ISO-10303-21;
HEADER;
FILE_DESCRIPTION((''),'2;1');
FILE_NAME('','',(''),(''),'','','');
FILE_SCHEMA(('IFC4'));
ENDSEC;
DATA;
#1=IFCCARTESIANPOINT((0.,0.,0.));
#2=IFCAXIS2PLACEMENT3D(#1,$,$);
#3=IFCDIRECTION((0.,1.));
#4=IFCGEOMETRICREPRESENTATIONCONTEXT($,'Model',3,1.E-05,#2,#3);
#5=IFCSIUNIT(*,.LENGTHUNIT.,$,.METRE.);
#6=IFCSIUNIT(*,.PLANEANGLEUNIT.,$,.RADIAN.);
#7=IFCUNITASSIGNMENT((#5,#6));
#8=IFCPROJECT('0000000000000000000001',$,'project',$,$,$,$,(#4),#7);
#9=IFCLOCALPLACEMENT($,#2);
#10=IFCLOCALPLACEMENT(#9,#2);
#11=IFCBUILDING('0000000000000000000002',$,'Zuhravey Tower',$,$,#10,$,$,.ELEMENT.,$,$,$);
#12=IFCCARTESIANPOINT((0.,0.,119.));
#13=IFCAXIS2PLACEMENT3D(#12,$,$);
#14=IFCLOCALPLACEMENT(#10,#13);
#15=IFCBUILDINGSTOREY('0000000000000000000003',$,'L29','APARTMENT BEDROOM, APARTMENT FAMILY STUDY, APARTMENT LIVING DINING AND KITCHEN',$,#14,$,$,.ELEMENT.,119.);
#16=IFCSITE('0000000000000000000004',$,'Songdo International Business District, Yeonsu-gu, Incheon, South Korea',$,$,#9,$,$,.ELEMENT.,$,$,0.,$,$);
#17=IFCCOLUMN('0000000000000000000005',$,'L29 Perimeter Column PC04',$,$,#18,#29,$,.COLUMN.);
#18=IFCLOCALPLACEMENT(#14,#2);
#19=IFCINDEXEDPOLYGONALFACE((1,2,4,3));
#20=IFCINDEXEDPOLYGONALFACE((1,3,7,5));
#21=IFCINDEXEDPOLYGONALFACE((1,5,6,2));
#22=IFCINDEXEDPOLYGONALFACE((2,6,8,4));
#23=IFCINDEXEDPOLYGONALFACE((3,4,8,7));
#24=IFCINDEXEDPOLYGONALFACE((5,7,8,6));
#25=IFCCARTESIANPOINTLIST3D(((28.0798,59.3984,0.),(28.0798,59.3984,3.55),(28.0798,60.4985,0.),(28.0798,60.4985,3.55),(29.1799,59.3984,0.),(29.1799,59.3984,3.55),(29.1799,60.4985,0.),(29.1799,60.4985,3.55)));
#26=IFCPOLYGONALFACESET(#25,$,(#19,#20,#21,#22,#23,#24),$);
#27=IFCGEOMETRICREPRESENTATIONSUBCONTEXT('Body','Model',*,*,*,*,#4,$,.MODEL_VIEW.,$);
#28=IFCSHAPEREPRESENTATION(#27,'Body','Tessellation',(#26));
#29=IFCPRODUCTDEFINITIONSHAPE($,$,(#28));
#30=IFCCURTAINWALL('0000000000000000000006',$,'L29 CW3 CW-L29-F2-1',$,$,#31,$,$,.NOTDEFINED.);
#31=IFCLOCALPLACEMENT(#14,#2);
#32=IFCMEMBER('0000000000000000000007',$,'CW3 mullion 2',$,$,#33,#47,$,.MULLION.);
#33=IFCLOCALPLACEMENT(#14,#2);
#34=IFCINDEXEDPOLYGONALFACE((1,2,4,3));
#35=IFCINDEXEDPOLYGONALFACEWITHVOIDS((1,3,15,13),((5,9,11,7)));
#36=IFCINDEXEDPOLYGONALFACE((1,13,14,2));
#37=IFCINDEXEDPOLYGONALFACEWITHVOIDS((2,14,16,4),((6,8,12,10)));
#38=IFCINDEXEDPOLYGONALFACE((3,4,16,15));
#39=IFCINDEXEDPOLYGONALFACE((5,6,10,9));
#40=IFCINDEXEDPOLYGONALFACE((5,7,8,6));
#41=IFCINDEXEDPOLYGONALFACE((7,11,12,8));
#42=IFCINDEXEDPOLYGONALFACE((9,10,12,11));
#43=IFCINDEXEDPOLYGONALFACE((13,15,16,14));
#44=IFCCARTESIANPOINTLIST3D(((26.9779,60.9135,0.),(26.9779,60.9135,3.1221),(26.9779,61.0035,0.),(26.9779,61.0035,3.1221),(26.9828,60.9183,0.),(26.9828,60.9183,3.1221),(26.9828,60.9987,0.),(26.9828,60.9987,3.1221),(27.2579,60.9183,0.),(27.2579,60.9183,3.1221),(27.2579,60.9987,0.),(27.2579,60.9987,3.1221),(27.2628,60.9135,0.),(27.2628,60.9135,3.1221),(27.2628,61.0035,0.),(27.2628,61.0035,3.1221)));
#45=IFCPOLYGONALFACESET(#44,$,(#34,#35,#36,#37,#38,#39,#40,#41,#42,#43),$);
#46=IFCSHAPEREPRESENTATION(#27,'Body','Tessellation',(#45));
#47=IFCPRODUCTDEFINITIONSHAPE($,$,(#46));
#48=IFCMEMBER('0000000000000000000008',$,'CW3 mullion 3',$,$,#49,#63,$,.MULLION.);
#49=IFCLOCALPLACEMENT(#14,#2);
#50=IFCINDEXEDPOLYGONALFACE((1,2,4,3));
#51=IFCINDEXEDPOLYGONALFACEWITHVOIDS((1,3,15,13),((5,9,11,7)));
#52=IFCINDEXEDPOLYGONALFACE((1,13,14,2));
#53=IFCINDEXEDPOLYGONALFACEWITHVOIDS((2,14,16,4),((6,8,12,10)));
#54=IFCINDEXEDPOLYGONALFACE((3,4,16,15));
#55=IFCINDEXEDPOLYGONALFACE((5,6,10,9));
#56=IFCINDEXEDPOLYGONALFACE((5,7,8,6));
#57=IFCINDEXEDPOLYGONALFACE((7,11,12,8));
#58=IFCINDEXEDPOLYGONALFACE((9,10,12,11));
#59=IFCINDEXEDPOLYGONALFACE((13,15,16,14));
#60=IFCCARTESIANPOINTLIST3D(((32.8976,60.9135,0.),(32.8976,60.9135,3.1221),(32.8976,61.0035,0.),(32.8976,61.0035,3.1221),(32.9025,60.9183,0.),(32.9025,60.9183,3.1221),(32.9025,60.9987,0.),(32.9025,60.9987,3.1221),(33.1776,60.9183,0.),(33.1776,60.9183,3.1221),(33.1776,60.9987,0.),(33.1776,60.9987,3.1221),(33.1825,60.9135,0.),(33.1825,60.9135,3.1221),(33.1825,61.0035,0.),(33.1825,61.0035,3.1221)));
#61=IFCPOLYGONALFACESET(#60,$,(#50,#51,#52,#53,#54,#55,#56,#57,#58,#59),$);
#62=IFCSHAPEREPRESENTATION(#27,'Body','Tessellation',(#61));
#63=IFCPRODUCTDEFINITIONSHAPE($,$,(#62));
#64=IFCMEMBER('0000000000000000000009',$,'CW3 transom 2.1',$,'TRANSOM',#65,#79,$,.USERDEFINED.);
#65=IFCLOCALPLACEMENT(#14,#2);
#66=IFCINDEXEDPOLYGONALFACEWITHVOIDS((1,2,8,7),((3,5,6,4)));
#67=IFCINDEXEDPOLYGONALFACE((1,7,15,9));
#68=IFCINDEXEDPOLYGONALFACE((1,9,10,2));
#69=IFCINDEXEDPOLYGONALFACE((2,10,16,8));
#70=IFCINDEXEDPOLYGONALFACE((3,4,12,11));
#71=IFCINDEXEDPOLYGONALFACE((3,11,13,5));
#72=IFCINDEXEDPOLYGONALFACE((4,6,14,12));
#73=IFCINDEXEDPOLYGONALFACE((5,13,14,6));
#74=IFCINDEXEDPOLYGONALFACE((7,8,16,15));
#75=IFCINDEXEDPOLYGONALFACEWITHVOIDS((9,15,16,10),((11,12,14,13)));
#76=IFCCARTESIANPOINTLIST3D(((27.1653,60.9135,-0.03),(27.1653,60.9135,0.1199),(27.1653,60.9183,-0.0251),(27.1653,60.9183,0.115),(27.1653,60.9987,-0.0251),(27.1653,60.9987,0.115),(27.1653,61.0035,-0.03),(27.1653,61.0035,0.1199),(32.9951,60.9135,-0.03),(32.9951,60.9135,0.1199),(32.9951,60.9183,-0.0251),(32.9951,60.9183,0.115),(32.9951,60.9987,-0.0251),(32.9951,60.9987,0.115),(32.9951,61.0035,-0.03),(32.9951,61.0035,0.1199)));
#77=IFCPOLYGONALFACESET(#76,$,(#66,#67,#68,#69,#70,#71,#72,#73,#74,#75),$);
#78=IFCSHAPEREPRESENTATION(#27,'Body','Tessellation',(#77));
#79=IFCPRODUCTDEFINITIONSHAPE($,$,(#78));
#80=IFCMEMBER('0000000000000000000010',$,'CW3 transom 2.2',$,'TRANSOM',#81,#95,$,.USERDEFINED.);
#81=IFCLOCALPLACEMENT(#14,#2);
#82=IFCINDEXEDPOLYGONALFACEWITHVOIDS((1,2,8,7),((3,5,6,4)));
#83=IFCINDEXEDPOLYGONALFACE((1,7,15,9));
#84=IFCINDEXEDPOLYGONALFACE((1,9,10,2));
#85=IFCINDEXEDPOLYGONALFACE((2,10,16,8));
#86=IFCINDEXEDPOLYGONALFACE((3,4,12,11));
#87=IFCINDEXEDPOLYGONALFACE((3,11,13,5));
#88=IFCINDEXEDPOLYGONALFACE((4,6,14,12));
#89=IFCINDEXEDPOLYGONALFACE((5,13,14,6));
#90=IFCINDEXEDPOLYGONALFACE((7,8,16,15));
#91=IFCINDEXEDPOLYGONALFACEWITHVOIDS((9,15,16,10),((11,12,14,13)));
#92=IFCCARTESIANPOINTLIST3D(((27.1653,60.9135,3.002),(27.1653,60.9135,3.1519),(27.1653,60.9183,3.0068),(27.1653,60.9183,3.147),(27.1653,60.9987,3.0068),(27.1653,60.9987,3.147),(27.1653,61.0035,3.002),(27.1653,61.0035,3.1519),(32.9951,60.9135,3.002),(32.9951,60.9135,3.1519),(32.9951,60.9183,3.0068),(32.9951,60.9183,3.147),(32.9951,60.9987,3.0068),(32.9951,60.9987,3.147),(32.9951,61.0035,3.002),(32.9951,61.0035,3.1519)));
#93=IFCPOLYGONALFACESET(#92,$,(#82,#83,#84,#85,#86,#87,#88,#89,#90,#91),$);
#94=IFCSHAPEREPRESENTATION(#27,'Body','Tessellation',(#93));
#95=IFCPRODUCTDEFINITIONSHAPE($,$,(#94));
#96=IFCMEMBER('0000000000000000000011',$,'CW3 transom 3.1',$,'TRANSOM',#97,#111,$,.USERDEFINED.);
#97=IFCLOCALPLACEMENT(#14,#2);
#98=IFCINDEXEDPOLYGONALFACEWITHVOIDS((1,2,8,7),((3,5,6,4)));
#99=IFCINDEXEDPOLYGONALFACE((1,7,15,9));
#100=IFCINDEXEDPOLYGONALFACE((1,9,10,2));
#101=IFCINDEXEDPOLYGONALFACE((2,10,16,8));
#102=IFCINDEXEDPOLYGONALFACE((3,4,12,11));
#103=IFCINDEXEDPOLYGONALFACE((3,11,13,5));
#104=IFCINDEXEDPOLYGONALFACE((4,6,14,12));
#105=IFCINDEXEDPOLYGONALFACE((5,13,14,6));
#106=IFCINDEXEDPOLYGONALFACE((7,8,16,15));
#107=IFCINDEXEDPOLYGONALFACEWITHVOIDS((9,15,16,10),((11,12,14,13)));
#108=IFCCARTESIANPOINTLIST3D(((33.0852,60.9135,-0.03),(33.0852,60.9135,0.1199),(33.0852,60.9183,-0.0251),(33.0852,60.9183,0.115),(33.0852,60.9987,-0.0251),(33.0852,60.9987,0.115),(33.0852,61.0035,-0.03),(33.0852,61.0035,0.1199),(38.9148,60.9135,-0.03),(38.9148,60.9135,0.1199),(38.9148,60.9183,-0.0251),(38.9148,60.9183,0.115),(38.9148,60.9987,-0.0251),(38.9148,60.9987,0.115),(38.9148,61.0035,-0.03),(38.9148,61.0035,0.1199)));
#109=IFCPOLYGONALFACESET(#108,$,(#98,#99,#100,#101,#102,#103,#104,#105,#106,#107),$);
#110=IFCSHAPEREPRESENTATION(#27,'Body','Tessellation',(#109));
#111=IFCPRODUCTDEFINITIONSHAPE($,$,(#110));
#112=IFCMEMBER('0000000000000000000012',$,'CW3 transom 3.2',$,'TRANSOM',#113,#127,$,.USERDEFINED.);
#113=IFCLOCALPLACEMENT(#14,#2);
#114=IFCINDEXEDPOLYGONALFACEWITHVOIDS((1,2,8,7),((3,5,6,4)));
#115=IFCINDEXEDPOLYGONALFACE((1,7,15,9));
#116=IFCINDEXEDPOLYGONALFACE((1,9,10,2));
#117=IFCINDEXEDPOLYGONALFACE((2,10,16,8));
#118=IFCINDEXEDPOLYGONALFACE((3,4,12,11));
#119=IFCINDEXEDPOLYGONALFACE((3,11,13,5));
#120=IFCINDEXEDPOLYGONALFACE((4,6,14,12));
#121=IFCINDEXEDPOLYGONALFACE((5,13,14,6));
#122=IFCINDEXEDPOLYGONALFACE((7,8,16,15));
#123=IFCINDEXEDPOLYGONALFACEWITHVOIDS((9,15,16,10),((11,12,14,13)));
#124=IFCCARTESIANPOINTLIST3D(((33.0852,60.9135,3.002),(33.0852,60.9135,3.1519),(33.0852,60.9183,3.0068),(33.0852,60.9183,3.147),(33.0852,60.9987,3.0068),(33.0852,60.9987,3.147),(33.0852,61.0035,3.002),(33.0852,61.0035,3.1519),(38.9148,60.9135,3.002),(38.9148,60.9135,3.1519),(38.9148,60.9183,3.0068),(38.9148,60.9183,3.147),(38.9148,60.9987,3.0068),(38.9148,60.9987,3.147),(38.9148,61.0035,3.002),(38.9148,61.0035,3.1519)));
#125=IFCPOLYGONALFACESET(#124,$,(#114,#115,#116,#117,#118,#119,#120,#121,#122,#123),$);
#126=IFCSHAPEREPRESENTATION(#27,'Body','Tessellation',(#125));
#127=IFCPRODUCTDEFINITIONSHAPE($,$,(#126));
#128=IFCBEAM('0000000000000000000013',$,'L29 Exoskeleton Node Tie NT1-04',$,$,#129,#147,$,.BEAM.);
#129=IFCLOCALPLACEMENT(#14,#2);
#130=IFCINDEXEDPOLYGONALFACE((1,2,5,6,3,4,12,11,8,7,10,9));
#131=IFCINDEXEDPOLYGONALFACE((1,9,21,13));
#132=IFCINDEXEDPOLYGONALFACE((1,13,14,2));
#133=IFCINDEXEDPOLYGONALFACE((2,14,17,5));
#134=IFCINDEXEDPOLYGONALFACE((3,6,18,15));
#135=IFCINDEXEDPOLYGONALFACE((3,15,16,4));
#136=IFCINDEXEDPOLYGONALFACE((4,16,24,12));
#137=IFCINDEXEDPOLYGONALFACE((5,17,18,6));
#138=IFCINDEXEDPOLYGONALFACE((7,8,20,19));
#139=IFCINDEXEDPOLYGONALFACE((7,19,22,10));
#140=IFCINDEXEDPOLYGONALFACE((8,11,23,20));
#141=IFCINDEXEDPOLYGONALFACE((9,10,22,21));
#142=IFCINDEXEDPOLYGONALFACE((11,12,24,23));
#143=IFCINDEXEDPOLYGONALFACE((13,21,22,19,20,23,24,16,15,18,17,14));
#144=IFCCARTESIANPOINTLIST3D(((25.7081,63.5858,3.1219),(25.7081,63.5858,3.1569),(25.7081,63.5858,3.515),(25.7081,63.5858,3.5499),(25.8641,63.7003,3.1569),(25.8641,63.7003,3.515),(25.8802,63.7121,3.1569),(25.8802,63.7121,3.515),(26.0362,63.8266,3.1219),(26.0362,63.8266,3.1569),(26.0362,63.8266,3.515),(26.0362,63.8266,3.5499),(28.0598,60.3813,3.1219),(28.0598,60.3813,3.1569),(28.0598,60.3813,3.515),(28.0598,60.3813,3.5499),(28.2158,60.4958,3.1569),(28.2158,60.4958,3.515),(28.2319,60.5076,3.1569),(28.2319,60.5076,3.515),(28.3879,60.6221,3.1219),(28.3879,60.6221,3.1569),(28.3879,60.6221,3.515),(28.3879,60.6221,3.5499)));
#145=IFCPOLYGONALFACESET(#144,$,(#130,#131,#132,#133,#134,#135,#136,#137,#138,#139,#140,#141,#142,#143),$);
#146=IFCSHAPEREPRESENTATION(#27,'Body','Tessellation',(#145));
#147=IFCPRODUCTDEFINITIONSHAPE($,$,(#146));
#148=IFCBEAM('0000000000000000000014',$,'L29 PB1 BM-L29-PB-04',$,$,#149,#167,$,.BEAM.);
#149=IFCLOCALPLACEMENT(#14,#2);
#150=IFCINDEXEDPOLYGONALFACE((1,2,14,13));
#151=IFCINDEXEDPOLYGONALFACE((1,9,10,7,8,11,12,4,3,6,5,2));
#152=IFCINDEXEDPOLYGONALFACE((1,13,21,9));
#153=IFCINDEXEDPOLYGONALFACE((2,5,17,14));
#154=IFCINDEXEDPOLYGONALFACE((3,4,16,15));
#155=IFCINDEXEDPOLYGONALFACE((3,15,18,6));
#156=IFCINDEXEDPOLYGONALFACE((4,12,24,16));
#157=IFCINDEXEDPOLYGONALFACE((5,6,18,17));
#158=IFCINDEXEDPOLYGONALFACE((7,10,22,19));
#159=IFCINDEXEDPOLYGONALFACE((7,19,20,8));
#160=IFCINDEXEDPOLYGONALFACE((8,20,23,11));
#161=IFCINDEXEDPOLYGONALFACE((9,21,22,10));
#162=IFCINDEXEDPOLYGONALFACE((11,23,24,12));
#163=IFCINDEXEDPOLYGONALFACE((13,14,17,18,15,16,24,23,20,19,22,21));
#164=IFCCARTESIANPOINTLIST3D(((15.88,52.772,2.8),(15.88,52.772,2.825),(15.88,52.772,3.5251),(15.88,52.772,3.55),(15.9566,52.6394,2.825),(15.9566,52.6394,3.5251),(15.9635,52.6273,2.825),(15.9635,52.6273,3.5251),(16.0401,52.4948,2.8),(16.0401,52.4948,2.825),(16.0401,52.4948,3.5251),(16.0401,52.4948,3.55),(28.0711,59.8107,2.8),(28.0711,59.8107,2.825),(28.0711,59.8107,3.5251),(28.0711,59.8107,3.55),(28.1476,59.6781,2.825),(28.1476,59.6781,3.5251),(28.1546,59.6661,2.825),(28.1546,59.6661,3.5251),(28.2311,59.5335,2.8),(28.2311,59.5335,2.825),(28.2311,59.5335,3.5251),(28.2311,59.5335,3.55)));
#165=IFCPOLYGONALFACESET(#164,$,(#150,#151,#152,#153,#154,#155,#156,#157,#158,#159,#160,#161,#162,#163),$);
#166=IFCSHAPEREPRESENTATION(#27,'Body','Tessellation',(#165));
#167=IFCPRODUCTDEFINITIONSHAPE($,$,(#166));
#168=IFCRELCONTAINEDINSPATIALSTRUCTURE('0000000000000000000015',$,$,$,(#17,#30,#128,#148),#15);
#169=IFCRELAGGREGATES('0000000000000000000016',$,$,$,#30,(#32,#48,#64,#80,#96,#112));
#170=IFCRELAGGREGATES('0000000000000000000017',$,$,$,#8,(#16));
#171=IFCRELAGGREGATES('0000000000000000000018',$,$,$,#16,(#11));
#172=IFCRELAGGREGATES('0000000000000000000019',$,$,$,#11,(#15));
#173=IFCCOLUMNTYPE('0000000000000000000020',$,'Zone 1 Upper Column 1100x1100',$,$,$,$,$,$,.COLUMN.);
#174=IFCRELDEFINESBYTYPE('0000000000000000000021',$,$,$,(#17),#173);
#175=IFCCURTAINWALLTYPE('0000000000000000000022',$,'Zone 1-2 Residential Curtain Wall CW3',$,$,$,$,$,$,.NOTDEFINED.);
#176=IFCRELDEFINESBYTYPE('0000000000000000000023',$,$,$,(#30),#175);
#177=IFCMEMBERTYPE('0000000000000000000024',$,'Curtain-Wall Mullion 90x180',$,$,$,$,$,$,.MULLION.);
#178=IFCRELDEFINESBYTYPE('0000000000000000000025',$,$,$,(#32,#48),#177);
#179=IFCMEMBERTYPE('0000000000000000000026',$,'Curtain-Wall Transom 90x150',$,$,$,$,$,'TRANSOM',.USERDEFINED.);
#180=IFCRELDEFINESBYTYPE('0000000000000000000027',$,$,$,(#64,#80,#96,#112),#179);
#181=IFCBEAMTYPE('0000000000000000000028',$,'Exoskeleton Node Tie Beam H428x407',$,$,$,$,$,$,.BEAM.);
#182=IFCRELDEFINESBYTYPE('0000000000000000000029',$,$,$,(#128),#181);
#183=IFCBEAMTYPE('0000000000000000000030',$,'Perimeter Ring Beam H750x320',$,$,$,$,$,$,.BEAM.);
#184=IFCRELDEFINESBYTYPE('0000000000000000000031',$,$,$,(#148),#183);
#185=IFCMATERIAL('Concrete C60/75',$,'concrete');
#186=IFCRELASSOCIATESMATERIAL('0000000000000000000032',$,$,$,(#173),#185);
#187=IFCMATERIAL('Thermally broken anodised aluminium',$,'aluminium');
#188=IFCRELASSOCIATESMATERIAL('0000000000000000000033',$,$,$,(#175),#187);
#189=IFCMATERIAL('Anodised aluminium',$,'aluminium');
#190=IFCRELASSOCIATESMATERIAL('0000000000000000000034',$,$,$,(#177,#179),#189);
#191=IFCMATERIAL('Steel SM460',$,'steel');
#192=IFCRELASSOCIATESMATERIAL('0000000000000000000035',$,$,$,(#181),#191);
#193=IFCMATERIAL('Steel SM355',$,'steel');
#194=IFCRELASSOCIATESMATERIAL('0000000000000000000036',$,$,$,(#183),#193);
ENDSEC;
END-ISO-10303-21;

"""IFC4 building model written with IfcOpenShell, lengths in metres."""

from ifc_helpers import new_model, si_unit, direction, frame, origin, origin_2d, place, context, subcontext, project, spatial, rectangle, hollow_rectangle, i_section, extrude, material, material_profile, profile_set, type_object, element, aggregate, save


model = new_model("IFC4")

# Units and contexts
model_context = context("Model", 3, precision=1e-05, world=origin(), true_north=direction((0.0, 1.0)))
body_context = subcontext(model_context, "Body", "Model", "MODEL_VIEW")
ifc_project = project(units=[si_unit("LENGTHUNIT", "METRE"), si_unit("PLANEANGLEUNIT", "RADIAN")], contexts=[model_context])

# Site, building, storey
site_placement = place(None, origin())
site = spatial("IfcSite", under=ifc_project, at=site_placement, Name="Songdo International Business District, Yeonsu-gu, Incheon, South Korea", CompositionType="ELEMENT", RefElevation=0.0)
building_placement = place(site_placement, origin())
building = spatial("IfcBuilding", under=site, at=building_placement, Name="Zuhravey Tower", CompositionType="ELEMENT")
storey_placement = place(building_placement, frame((0.0, 0.0, 119.0)))
storey = spatial("IfcBuildingStorey", under=building, at=storey_placement, Name="L29", Description="APARTMENT BEDROOM, APARTMENT FAMILY STUDY, APARTMENT LIVING DINING AND KITCHEN", CompositionType="ELEMENT", Elevation=119.0)

# Column
ifc_material_1 = material(Name="Concrete C60/75", Category="concrete")
ifc_material_profile_1 = material_profile(ifc_material_1, rectangle(XDim=1.1001, YDim=1.1001, at=origin_2d()), Name="RC-1100x1100")
ifc_profile_set_1 = profile_set([ifc_material_profile_1], Name="Concrete C60/75")
column_type = type_object("IfcColumnType", Name="Zone 1 Upper Column 1100x1100", PredefinedType="COLUMN", material=ifc_profile_set_1)
column_placement = place(storey_placement, frame((28.6299, 59.9485, 0.0), z_axis=(0.0, 0.0, 1.0), x_axis=(-1.0, 0.0, 0.0)))
element("IfcColumn", 1, at=column_placement, inside=storey, type_object=column_type, Name="L29 Perimeter Column PC04", PredefinedType="COLUMN", context=body_context, shape_type="SweptSolid", body=[
    extrude(rectangle(XDim=1.1001, YDim=1.1001, at=origin_2d()), origin(), (0.0, 0.0, 1.0), 3.55),
])

# Curtain wall, members
ifc_material_2 = material(Name="Thermally broken anodised aluminium", Category="aluminium")
curtain_wall_type = type_object("IfcCurtainWallType", Name="Zone 1-2 Residential Curtain Wall CW3", PredefinedType="NOTDEFINED", material=ifc_material_2)
curtain_wall_placement = place(storey_placement, origin())
curtain_wall = element("IfcCurtainWall", 2, at=curtain_wall_placement, inside=storey, type_object=curtain_wall_type, Name="L29 CW3 CW-L29-F2-1", PredefinedType="NOTDEFINED")
ifc_material_3 = material(Name="Anodised aluminium", Category="aluminium")
ifc_material_profile_2 = material_profile(ifc_material_3, hollow_rectangle(XDim=0.0901, YDim=0.2849, WallThickness=0.0049, at=origin_2d()), Name="ALU-RHS-90x285x5")
ifc_profile_set_2 = profile_set([ifc_material_profile_2], Name="Anodised aluminium")
member_type_1 = type_object("IfcMemberType", Name="Curtain-Wall Mullion 90x180", PredefinedType="MULLION", material=ifc_profile_set_2)
member_1_placement = place(storey_placement, frame((27.1204, 60.9585, 0.0), z_axis=(0.0, 0.0, 1.0), x_axis=(0.0, 1.0, 0.0)))
member_1 = element("IfcMember", 3, at=member_1_placement, type_object=member_type_1, Name="CW3 mullion 2", PredefinedType="MULLION", context=body_context, shape_type="SweptSolid", body=[
    extrude(hollow_rectangle(XDim=0.0901, YDim=0.2849, WallThickness=0.0049, at=origin_2d()), origin(), (0.0, 0.0, 1.0), 3.1221),
])
member_2_placement = place(storey_placement, frame((33.04, 60.9585, 0.0), z_axis=(0.0, 0.0, 1.0), x_axis=(0.0, 1.0, 0.0)))
member_2 = element("IfcMember", 4, at=member_2_placement, type_object=member_type_1, Name="CW3 mullion 3", PredefinedType="MULLION", context=body_context, shape_type="SweptSolid", body=[
    extrude(hollow_rectangle(XDim=0.0901, YDim=0.2849, WallThickness=0.0049, at=origin_2d()), origin(), (0.0, 0.0, 1.0), 3.1221),
])
ifc_material_profile_3 = material_profile(ifc_material_3, hollow_rectangle(XDim=0.0901, YDim=0.1499, WallThickness=0.0049, at=origin_2d()), Name="ALU-RHS-90x150x5")
ifc_profile_set_3 = profile_set([ifc_material_profile_3], Name="Anodised aluminium")
member_type_2 = type_object("IfcMemberType", Name="Curtain-Wall Transom 90x150", ElementType="TRANSOM", PredefinedType="USERDEFINED", material=ifc_profile_set_3)
member_3_placement = place(storey_placement, frame((27.1653, 60.9585, 0.0449), z_axis=(1.0, 0.0, 0.0), x_axis=(0.0, 1.0, 0.0)))
member_3 = element("IfcMember", 5, at=member_3_placement, type_object=member_type_2, Name="CW3 transom 2.1", ObjectType="TRANSOM", PredefinedType="USERDEFINED", context=body_context, shape_type="SweptSolid", body=[
    extrude(hollow_rectangle(XDim=0.0901, YDim=0.1499, WallThickness=0.0049, at=origin_2d()), origin(), (0.0, 0.0, 1.0), 5.8298),
])
member_4_placement = place(storey_placement, frame((27.1653, 60.9585, 3.0769), z_axis=(1.0, 0.0, 0.0), x_axis=(0.0, 1.0, 0.0)))
member_4 = element("IfcMember", 6, at=member_4_placement, type_object=member_type_2, Name="CW3 transom 2.2", ObjectType="TRANSOM", PredefinedType="USERDEFINED", context=body_context, shape_type="SweptSolid", body=[
    extrude(hollow_rectangle(XDim=0.0901, YDim=0.1499, WallThickness=0.0049, at=origin_2d()), origin(), (0.0, 0.0, 1.0), 5.8298),
])
member_5_placement = place(storey_placement, frame((33.0852, 60.9585, 0.0449), z_axis=(1.0, 0.0, 0.0), x_axis=(0.0, 1.0, 0.0)))
member_5 = element("IfcMember", 7, at=member_5_placement, type_object=member_type_2, Name="CW3 transom 3.1", ObjectType="TRANSOM", PredefinedType="USERDEFINED", context=body_context, shape_type="SweptSolid", body=[
    extrude(hollow_rectangle(XDim=0.0901, YDim=0.1499, WallThickness=0.0049, at=origin_2d()), origin(), (0.0, 0.0, 1.0), 5.8296),
])
member_6_placement = place(storey_placement, frame((33.0852, 60.9585, 3.0769), z_axis=(1.0, 0.0, 0.0), x_axis=(0.0, 1.0, 0.0)))
member_6 = element("IfcMember", 8, at=member_6_placement, type_object=member_type_2, Name="CW3 transom 3.2", ObjectType="TRANSOM", PredefinedType="USERDEFINED", context=body_context, shape_type="SweptSolid", body=[
    extrude(hollow_rectangle(XDim=0.0901, YDim=0.1499, WallThickness=0.0049, at=origin_2d()), origin(), (0.0, 0.0, 1.0), 5.8296),
])

# Beams
ifc_material_4 = material(Name="Steel SM460", Category="steel")
ifc_material_profile_4 = material_profile(ifc_material_4, i_section(OverallWidth=0.407, OverallDepth=0.428, WebThickness=0.02, FlangeThickness=0.0349, at=origin_2d()), Name="H-428x407x20x35")
ifc_profile_set_4 = profile_set([ifc_material_profile_4], Name="Steel SM460")
beam_type_1 = type_object("IfcBeamType", Name="Exoskeleton Node Tie Beam H428x407", PredefinedType="BEAM", material=ifc_profile_set_4)
beam_1_placement = place(storey_placement, frame((28.2239, 60.5017, 3.3359), z_axis=(-0.591654, 0.806192, 0.0), x_axis=(-0.806192, -0.591654, 0.0)))
element("IfcBeam", 9, at=beam_1_placement, inside=storey, type_object=beam_type_1, Name="L29 Exoskeleton Node Tie NT1-04", PredefinedType="BEAM", context=body_context, shape_type="SweptSolid", body=[
    extrude(i_section(OverallWidth=0.407, OverallDepth=0.428, WebThickness=0.02, FlangeThickness=0.0349, at=origin_2d()), origin(), (0.0, 0.0, 1.0), 3.9749),
])
ifc_material_5 = material(Name="Steel SM355", Category="steel")
ifc_material_profile_5 = material_profile(ifc_material_5, i_section(OverallWidth=0.3201, OverallDepth=0.75, WebThickness=0.0139, FlangeThickness=0.0249, at=origin_2d()), Name="H-750x320x14x25")
ifc_profile_set_5 = profile_set([ifc_material_profile_5], Name="Steel SM355")
beam_type_2 = type_object("IfcBeamType", Name="Perimeter Ring Beam H750x320", PredefinedType="BEAM", material=ifc_profile_set_5)
beam_2_placement = place(storey_placement, frame((28.1511, 59.6721, 3.175), z_axis=(-0.866018, -0.500013, 0.0), x_axis=(0.500013, -0.866018, 0.0)))
element("IfcBeam", 10, at=beam_2_placement, inside=storey, type_object=beam_type_2, Name="L29 PB1 BM-L29-PB-04", PredefinedType="BEAM", context=body_context, shape_type="SweptSolid", body=[
    extrude(i_section(OverallWidth=0.3201, OverallDepth=0.75, WebThickness=0.0139, FlangeThickness=0.0249, at=origin_2d()), origin(), (0.0, 0.0, 1.0), 14.0771),
])

aggregate(curtain_wall, [member_1, member_2, member_3, member_4, member_5, member_6])

save(model, "model.ifc")
